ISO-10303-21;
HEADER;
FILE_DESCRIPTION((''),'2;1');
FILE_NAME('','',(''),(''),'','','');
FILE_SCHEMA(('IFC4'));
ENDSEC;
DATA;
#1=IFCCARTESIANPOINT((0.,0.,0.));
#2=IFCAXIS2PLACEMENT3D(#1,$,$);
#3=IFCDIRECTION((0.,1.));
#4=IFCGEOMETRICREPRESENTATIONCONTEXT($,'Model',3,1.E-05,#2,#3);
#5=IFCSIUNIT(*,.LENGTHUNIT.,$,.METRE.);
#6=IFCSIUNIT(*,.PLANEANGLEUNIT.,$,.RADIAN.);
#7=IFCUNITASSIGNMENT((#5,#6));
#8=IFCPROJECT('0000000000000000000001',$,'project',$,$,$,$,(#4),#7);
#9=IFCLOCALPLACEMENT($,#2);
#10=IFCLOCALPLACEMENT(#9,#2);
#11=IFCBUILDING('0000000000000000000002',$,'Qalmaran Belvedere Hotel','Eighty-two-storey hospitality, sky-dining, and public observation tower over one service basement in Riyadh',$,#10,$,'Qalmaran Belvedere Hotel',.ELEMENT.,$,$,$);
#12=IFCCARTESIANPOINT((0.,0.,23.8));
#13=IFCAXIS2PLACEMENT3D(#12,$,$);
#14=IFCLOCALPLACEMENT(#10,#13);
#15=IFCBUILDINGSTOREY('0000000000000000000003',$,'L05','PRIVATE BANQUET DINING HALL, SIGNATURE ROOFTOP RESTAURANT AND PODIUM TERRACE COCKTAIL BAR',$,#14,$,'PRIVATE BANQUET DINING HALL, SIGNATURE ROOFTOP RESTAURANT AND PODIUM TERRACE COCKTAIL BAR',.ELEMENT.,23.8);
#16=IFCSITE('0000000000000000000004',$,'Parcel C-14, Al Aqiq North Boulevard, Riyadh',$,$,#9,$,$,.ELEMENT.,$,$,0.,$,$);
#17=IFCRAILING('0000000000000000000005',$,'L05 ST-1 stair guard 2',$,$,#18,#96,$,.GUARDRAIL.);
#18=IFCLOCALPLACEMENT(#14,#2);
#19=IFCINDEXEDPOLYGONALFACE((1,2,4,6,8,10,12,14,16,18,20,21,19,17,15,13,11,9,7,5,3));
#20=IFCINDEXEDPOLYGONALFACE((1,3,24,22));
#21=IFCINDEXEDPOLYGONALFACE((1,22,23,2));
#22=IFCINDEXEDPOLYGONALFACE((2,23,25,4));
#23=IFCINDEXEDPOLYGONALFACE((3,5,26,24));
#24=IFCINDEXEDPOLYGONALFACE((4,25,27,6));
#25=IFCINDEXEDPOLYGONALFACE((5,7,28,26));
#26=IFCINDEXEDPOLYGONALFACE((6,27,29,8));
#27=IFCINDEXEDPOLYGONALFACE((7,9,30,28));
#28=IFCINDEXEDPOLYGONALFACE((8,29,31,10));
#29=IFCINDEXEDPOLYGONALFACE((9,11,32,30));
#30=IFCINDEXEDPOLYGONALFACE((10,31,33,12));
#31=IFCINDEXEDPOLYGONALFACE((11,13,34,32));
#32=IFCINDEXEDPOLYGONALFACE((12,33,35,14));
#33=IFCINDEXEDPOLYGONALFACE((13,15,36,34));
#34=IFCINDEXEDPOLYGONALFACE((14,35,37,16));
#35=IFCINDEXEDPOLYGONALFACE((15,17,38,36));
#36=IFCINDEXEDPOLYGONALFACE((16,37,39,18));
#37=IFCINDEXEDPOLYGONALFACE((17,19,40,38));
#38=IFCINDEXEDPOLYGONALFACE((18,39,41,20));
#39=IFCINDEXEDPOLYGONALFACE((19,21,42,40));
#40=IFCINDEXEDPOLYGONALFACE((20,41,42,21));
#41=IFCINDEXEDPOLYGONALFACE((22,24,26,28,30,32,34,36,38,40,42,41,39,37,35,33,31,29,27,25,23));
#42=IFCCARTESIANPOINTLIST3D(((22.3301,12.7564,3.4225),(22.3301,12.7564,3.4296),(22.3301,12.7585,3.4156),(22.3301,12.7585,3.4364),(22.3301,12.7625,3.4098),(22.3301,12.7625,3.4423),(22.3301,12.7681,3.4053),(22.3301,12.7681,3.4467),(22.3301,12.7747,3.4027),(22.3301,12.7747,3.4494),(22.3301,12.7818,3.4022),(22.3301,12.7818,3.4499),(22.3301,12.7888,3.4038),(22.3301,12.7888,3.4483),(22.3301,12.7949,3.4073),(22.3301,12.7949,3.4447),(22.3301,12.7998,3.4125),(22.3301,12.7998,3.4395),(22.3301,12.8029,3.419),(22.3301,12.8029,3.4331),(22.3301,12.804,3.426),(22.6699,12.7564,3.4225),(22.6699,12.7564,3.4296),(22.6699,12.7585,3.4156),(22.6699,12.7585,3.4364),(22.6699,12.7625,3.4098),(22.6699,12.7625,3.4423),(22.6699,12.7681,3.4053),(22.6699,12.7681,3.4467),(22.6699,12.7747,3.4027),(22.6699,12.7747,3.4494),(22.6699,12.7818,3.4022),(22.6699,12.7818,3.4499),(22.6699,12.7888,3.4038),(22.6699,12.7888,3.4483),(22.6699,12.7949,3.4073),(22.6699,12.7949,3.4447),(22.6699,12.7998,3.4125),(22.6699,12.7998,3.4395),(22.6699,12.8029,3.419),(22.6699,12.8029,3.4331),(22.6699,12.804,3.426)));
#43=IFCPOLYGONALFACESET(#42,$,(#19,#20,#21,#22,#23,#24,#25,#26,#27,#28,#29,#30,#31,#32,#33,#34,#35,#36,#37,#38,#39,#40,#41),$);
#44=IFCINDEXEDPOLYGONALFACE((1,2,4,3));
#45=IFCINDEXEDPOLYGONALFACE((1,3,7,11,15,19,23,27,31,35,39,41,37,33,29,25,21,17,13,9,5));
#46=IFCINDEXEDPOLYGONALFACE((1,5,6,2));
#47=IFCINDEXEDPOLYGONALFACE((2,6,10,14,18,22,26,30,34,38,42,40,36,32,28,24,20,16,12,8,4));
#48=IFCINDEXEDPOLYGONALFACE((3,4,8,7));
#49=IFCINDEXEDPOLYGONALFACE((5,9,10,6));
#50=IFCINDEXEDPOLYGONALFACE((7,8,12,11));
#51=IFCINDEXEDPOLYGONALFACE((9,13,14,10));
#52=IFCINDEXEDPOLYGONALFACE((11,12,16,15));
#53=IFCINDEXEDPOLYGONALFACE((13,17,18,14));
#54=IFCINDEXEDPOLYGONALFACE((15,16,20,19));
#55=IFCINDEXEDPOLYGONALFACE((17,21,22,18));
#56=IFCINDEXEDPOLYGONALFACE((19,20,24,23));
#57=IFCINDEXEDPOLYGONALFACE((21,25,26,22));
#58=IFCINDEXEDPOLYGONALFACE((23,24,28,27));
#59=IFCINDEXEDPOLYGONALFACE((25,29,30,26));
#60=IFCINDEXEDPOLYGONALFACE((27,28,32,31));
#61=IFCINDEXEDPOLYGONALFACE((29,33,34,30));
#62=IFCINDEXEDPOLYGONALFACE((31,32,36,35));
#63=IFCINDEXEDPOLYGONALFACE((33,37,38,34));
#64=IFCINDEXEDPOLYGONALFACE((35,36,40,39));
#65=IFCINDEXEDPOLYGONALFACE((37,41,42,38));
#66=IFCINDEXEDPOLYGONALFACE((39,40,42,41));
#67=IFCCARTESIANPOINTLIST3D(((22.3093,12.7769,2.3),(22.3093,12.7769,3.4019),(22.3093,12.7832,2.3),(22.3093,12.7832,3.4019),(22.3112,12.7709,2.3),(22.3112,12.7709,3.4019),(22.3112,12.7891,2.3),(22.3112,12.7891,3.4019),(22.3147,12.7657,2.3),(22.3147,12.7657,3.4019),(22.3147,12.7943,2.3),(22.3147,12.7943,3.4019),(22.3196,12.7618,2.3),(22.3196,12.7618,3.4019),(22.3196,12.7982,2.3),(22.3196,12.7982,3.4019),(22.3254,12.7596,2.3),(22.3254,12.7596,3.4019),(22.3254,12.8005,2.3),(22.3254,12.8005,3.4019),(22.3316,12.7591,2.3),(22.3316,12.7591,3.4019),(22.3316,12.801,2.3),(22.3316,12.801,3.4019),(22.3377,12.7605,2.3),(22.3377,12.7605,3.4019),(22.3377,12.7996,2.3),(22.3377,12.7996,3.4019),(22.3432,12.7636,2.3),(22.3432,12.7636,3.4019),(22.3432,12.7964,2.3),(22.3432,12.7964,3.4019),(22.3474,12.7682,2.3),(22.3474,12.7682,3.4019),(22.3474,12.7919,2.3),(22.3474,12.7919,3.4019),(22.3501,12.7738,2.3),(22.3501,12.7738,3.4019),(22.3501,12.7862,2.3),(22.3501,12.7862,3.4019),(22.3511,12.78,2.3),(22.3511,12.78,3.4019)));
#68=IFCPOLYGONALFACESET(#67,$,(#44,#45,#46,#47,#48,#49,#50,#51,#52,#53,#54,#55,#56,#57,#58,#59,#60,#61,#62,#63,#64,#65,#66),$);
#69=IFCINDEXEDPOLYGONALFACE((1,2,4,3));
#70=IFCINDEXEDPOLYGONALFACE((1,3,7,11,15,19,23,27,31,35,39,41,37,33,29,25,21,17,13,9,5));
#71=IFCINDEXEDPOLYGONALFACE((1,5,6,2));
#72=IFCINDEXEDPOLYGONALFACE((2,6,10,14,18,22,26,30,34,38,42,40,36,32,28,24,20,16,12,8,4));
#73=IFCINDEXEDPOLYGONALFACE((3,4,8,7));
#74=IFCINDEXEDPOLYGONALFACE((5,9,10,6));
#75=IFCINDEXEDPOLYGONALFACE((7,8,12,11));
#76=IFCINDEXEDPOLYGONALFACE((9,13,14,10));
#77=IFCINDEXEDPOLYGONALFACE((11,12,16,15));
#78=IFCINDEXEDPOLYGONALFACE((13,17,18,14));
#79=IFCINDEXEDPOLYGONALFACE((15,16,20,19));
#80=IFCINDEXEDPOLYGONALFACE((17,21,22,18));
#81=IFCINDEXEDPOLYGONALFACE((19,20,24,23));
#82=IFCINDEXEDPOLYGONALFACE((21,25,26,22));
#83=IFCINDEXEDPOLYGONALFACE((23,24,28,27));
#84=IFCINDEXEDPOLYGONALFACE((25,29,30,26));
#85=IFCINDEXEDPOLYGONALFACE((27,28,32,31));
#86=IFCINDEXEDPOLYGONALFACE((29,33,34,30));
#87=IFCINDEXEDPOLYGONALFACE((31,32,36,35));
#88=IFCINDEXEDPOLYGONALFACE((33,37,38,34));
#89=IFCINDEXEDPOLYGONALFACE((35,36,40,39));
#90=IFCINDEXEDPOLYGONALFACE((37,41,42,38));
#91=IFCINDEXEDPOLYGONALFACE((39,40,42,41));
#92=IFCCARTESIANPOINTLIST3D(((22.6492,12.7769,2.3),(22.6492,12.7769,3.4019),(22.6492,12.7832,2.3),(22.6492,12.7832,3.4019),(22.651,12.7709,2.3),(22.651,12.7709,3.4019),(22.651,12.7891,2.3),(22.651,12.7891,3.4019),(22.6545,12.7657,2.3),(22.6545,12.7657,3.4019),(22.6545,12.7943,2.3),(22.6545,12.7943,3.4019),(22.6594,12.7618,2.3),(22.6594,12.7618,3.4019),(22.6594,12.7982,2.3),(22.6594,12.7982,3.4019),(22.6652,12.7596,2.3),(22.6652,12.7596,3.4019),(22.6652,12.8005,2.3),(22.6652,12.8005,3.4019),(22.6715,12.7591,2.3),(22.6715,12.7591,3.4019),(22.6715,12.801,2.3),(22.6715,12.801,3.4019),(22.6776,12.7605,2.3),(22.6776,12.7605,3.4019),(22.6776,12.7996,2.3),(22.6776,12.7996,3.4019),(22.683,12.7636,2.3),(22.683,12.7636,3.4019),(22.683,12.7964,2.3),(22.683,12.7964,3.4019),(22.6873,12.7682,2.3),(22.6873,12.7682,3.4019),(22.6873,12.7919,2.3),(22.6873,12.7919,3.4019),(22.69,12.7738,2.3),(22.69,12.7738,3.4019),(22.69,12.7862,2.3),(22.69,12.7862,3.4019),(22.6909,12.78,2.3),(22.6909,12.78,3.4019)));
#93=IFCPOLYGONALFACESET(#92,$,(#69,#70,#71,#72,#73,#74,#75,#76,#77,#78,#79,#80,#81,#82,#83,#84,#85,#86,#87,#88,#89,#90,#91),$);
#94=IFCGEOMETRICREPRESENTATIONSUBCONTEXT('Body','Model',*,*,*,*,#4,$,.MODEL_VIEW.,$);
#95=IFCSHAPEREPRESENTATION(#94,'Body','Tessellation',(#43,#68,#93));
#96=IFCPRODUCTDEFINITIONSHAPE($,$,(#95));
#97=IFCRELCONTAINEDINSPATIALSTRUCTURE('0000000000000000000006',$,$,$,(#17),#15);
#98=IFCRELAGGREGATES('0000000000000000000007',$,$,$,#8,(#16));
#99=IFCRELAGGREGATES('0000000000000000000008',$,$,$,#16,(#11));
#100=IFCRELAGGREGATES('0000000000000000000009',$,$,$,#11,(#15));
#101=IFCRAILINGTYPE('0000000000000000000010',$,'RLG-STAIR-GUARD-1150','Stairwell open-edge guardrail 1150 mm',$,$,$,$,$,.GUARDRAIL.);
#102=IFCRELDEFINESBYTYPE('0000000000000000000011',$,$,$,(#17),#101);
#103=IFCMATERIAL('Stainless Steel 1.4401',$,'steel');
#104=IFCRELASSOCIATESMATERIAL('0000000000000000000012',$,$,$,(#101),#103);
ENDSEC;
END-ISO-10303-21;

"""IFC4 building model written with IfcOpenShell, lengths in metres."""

from ifc_helpers import new_model, si_unit, direction, frame, origin, origin_2d, place, context, subcontext, project, spatial, circle, extrude, material, type_object, element, save


model = new_model("IFC4")

# Units and contexts
model_context = context("Model", 3, precision=1e-05, world=origin(), true_north=direction((0.0, 1.0)))
body_context = subcontext(model_context, "Body", "Model", "MODEL_VIEW")
ifc_project = project(units=[si_unit("LENGTHUNIT", "METRE"), si_unit("PLANEANGLEUNIT", "RADIAN")], contexts=[model_context])

# Site, building, storey
site_placement = place(None, origin())
site = spatial("IfcSite", under=ifc_project, at=site_placement, Name="Parcel C-14, Al Aqiq North Boulevard, Riyadh", CompositionType="ELEMENT", RefElevation=0.0)
building_placement = place(site_placement, origin())
building = spatial("IfcBuilding", under=site, at=building_placement, Name="Qalmaran Belvedere Hotel", Description="Eighty-two-storey hospitality, sky-dining, and public observation tower over one service basement in Riyadh", LongName="Qalmaran Belvedere Hotel", CompositionType="ELEMENT")
storey_placement = place(building_placement, frame((0.0, 0.0, 23.8)))
storey = spatial("IfcBuildingStorey", under=building, at=storey_placement, Name="L05", Description="PRIVATE BANQUET DINING HALL, SIGNATURE ROOFTOP RESTAURANT AND PODIUM TERRACE COCKTAIL BAR", LongName="PRIVATE BANQUET DINING HALL, SIGNATURE ROOFTOP RESTAURANT AND PODIUM TERRACE COCKTAIL BAR", CompositionType="ELEMENT", Elevation=23.8)

# Railing
ifc_material_1 = material(Name="Stainless Steel 1.4401", Category="steel")
railing_type = type_object("IfcRailingType", Name="RLG-STAIR-GUARD-1150", Description="Stairwell open-edge guardrail 1150 mm", PredefinedType="GUARDRAIL", material=ifc_material_1)
railing_placement = place(storey_placement, frame((22.3301, 12.78, 2.3)))
element("IfcRailing", 1, at=railing_placement, inside=storey, type_object=railing_type, Name="L05 ST-1 stair guard 2", PredefinedType="GUARDRAIL", context=body_context, shape_type="SweptSolid", body=[
    extrude(circle(Radius=0.0239, at=origin_2d()), frame((0.0, 0.0, 1.126), z_axis=(1.0, 0.0, 0.0), x_axis=(0.0, 1.0, 0.0)), (0.0, 0.0, 1.0), 0.3398),
    extrude(circle(Radius=0.021, at=origin_2d()), origin(), (0.0, 0.0, 1.0), 1.1018),
    extrude(circle(Radius=0.021, at=origin_2d()), frame((0.3398, 0.0, 0.0)), (0.0, 0.0, 1.0), 1.1018),
])

save(model, "model.ifc")
